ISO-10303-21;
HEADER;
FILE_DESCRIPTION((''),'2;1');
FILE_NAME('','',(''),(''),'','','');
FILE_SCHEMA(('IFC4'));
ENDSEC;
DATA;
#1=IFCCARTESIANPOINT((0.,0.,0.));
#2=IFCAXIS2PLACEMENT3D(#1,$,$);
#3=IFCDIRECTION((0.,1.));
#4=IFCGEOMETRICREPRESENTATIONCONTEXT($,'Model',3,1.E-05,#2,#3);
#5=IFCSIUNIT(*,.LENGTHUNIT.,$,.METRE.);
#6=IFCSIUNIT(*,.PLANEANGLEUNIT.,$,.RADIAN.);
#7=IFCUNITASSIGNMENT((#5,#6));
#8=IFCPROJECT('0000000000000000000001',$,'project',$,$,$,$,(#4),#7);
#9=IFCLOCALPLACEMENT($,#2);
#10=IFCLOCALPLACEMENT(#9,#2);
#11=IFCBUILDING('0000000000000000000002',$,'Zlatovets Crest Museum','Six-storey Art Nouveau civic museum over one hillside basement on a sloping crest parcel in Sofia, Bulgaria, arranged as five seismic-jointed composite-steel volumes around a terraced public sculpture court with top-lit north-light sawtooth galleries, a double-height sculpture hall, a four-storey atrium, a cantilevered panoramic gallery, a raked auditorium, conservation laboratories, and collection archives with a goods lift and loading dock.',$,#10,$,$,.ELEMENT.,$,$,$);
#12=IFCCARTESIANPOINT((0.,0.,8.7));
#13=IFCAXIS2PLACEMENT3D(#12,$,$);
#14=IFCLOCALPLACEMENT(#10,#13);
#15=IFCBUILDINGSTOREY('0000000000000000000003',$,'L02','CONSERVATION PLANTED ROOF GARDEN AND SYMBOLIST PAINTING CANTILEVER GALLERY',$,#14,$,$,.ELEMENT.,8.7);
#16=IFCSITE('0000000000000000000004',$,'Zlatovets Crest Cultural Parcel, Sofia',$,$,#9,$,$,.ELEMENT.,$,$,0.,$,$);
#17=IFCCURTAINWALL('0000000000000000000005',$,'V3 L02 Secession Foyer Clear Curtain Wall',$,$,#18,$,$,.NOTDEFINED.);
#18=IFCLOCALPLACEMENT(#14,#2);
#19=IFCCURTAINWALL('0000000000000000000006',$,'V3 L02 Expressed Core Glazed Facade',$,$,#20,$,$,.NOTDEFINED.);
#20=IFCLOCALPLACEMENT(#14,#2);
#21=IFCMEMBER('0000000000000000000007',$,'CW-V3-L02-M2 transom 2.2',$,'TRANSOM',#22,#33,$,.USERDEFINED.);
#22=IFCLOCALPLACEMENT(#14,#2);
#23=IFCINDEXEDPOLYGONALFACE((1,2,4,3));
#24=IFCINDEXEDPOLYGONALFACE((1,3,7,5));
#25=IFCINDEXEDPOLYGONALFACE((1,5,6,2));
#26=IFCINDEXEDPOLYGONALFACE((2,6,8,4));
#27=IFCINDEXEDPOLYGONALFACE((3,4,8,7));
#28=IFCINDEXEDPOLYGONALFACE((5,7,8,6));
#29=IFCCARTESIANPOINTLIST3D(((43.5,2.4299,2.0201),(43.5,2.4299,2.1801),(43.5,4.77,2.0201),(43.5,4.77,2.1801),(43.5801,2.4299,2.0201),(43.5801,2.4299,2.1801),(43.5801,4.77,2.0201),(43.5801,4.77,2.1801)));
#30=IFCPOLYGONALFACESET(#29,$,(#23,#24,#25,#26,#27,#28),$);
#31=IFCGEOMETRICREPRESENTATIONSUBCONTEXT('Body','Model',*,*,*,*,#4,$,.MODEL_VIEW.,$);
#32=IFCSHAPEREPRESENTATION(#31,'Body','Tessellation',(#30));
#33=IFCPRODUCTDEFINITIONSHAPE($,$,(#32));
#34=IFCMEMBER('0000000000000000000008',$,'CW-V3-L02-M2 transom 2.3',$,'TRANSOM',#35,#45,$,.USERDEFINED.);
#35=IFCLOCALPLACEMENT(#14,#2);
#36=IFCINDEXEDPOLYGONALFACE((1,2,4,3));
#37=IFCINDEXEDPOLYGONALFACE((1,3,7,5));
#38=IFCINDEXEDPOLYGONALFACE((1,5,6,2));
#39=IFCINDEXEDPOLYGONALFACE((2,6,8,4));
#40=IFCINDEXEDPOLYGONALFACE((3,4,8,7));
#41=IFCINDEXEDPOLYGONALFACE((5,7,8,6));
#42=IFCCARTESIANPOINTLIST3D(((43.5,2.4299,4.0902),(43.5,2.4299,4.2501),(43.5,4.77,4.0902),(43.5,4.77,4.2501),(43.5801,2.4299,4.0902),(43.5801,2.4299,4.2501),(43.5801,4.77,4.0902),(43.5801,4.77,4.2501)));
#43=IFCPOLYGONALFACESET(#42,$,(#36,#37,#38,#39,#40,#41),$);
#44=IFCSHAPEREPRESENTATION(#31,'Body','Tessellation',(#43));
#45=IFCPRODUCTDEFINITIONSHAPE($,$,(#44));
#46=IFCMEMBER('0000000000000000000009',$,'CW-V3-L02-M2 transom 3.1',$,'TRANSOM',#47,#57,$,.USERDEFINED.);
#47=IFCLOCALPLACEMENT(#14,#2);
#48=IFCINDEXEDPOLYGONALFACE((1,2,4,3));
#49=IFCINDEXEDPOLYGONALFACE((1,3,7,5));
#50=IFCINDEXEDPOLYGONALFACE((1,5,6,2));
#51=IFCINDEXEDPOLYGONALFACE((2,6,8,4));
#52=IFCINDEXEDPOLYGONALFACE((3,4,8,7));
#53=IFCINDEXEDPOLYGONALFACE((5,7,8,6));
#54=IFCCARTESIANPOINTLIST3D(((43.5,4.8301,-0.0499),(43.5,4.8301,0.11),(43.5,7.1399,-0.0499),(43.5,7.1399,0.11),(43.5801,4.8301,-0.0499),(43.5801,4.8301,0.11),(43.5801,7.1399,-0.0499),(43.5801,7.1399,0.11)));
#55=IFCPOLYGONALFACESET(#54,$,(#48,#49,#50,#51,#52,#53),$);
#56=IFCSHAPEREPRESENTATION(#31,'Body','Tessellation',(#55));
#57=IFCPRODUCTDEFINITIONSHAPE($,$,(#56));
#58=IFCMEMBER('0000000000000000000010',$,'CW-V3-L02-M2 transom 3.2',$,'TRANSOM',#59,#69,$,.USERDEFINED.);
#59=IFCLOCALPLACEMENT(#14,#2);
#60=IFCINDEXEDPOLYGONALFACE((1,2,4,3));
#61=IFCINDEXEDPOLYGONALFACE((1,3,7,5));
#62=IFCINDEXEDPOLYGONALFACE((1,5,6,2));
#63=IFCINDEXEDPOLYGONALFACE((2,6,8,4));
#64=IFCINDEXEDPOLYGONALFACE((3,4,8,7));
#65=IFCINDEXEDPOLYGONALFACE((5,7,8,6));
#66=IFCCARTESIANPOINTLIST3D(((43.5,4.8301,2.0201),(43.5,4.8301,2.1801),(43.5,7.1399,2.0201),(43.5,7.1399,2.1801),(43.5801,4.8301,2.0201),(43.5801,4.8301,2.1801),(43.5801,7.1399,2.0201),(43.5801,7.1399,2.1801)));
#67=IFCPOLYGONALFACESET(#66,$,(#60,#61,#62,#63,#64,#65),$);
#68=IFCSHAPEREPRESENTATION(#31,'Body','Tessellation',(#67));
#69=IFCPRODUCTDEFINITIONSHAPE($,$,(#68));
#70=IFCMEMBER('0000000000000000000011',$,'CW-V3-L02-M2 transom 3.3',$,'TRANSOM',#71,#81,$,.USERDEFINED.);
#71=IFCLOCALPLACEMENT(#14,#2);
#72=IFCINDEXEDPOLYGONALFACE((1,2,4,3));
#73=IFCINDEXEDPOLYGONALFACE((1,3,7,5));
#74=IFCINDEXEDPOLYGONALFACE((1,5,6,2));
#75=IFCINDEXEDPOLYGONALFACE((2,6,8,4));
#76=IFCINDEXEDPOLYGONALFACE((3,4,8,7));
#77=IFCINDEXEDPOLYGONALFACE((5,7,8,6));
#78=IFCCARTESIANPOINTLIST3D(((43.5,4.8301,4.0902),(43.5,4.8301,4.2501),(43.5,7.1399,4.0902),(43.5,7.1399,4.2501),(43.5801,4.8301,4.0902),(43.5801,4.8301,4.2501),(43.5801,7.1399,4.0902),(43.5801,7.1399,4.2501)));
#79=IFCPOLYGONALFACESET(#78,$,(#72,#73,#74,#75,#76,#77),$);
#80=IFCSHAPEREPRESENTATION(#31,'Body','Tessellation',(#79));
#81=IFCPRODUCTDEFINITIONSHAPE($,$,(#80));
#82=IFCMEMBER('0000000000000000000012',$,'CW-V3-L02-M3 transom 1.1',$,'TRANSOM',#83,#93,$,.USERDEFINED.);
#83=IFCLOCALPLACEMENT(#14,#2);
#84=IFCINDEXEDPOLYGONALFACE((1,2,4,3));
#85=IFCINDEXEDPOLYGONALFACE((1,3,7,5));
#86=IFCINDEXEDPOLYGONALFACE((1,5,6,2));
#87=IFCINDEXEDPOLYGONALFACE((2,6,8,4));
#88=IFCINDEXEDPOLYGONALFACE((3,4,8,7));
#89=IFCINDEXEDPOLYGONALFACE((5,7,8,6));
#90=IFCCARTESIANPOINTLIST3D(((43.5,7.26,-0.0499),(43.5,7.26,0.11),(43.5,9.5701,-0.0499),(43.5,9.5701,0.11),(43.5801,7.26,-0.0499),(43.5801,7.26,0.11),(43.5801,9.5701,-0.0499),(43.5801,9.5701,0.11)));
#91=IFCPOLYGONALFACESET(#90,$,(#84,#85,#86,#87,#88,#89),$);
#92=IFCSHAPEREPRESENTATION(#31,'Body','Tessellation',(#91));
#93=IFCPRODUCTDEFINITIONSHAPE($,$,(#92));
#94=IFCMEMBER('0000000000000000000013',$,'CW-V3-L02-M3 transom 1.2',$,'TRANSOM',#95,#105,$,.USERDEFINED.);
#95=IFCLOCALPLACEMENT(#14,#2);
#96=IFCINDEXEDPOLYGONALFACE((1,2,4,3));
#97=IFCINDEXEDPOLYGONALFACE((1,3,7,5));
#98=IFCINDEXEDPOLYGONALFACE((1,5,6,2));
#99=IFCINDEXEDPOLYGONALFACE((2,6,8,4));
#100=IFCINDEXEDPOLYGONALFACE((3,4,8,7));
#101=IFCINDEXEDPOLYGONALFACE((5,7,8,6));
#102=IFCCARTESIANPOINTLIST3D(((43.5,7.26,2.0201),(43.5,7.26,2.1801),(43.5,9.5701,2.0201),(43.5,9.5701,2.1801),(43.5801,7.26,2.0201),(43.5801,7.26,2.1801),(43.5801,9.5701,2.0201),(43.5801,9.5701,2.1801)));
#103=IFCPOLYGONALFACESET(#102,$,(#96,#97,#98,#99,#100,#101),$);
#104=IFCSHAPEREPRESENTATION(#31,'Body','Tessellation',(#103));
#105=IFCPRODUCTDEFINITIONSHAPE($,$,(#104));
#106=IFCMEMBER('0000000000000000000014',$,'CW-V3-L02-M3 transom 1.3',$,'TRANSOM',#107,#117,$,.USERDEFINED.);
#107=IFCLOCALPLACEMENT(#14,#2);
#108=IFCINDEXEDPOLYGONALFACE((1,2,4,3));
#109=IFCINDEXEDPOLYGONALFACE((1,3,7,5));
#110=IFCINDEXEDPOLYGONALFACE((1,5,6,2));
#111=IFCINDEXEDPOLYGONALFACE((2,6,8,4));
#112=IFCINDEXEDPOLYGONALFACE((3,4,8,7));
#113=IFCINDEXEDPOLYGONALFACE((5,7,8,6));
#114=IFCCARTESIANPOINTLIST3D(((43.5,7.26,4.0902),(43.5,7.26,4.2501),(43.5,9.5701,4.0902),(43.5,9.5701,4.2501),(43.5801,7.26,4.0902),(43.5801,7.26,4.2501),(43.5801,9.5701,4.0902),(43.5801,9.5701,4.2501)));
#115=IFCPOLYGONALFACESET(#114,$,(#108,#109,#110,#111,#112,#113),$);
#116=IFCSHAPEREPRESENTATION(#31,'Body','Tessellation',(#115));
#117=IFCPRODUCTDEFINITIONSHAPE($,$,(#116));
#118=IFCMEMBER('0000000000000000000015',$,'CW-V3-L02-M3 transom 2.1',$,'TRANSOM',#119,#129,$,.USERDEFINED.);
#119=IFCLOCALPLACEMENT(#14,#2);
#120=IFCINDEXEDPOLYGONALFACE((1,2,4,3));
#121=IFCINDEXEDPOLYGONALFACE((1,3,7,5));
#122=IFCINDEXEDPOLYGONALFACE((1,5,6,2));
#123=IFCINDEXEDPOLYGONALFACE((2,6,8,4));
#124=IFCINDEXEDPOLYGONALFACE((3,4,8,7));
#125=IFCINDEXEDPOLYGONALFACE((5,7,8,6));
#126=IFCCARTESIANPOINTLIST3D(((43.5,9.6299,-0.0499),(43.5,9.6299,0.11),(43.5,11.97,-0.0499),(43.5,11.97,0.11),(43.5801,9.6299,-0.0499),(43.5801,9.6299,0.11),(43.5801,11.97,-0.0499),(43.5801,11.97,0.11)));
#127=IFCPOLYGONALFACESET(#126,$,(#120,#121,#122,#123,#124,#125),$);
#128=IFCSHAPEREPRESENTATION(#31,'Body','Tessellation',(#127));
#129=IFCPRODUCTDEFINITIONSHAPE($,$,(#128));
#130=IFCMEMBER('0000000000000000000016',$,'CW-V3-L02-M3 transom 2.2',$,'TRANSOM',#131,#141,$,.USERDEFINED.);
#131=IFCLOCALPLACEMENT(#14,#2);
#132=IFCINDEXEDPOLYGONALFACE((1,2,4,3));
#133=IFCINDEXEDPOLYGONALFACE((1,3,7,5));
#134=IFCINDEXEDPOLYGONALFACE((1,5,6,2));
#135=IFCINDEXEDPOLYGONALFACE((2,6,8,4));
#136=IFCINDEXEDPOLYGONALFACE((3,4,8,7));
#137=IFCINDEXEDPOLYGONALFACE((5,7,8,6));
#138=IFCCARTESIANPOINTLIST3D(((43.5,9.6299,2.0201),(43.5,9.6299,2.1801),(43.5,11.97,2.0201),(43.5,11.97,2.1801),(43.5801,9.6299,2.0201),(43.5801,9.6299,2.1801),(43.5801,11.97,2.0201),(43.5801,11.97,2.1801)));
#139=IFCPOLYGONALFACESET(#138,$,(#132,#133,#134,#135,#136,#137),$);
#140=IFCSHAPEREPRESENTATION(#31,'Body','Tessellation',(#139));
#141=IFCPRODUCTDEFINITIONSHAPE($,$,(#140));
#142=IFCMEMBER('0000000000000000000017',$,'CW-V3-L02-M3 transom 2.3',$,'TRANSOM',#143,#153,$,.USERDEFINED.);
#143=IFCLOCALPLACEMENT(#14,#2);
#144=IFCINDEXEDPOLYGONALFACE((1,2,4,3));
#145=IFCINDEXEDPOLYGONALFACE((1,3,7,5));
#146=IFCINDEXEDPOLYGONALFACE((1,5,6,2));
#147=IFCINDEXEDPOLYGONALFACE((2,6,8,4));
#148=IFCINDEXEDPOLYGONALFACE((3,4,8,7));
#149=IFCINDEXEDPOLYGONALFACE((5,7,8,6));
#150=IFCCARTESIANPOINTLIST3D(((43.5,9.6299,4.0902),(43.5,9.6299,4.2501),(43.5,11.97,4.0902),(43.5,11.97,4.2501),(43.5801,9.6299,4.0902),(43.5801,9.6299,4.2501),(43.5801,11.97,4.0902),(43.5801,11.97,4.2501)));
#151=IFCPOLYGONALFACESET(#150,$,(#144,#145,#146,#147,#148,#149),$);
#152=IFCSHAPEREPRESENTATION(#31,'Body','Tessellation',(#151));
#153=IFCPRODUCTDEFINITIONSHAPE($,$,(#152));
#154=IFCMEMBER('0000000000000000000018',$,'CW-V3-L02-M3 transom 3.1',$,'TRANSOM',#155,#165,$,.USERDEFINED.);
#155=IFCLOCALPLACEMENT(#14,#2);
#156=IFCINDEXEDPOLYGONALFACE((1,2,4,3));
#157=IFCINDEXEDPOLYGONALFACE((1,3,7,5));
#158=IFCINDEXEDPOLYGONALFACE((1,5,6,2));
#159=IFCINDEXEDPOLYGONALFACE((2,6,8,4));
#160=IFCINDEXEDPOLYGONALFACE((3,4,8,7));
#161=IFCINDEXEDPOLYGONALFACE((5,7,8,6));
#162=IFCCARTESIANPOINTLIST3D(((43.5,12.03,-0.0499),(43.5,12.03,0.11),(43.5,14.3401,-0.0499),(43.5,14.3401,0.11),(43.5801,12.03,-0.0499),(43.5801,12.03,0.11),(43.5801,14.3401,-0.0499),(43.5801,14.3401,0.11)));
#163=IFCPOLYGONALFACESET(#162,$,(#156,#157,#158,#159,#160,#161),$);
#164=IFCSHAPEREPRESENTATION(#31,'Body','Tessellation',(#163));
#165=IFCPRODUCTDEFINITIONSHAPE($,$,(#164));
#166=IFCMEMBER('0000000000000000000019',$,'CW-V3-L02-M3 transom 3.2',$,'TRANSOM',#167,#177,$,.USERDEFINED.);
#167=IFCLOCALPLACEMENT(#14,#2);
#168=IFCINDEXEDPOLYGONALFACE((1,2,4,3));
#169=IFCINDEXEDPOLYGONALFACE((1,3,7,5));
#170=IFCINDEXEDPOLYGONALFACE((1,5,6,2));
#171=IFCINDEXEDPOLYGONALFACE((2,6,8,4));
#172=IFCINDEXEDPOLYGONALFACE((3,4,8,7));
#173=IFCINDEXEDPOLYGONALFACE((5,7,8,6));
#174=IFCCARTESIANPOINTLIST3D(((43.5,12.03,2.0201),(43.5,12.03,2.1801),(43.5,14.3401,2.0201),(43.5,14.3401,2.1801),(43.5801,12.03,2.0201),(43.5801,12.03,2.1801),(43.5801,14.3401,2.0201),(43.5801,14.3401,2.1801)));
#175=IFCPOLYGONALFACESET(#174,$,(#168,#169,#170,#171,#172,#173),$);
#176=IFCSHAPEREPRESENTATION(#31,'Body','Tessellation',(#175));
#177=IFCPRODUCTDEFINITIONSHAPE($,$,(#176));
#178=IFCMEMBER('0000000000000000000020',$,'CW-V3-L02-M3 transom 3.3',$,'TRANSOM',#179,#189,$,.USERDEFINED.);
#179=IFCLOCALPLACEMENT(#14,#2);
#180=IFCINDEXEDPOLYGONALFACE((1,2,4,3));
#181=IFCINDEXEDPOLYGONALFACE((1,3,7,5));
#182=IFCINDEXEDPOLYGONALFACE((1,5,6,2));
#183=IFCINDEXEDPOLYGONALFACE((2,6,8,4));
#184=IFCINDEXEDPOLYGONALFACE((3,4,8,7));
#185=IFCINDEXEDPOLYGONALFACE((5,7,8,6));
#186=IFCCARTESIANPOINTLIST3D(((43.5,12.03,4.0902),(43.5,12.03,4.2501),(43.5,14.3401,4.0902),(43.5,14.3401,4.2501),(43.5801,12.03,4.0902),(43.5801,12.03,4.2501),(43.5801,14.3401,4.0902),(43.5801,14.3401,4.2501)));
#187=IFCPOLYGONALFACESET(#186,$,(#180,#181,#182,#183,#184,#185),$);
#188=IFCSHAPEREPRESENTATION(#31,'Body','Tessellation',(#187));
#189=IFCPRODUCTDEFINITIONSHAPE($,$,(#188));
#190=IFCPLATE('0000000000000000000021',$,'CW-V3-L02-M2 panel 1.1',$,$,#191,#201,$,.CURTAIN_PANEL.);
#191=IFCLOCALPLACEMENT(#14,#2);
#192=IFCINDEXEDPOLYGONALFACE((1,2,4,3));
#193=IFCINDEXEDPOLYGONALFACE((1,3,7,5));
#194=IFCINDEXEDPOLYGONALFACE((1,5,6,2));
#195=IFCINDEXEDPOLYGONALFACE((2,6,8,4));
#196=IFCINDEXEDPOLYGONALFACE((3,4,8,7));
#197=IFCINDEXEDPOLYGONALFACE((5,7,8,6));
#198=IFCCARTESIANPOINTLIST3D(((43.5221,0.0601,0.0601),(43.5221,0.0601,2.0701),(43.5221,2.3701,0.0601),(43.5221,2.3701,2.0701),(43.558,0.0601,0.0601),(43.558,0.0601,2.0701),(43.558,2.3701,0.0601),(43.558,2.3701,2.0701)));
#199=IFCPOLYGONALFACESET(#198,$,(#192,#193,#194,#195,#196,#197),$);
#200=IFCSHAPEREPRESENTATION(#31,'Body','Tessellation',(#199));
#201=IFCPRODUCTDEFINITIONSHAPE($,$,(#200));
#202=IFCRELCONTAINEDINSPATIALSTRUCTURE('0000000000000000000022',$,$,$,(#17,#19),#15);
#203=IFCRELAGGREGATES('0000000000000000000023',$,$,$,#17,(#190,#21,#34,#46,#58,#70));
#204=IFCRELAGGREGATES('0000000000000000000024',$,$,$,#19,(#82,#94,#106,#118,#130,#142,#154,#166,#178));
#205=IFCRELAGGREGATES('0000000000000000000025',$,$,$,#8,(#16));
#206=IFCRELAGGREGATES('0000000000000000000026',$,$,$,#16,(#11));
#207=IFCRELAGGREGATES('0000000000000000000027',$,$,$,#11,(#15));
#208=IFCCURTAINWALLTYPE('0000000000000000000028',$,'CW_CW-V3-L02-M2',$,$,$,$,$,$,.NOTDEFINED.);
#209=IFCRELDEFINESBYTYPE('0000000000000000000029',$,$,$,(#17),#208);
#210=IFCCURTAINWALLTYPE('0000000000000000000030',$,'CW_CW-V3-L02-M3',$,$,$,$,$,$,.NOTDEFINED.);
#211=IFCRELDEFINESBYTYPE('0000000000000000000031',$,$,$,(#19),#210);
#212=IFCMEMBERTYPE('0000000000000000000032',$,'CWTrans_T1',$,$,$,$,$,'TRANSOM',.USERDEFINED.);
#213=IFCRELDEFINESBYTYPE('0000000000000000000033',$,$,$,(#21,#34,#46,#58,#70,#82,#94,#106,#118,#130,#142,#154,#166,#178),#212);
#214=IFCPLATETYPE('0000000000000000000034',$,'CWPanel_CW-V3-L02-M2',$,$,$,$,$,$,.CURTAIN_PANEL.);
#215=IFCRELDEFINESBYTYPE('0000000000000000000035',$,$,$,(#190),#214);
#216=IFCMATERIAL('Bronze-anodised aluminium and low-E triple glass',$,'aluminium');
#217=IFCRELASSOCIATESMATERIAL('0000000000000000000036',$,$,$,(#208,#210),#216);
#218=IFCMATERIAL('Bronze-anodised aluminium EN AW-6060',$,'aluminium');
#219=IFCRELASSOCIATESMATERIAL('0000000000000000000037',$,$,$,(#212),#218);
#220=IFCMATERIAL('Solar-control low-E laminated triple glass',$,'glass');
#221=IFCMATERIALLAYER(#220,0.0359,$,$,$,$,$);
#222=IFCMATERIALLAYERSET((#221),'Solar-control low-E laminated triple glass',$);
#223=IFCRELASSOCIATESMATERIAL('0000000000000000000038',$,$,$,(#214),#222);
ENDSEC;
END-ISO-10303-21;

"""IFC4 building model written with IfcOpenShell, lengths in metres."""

from ifc_helpers import new_model, si_unit, direction, frame, origin, origin_2d, place, context, subcontext, project, spatial, rectangle, extrude, material, layer, layer_set, material_profile, profile_set, type_object, element, aggregate, save


model = new_model("IFC4")

# Units and contexts
model_context = context("Model", 3, precision=1e-05, world=origin(), true_north=direction((0.0, 1.0)))
body_context = subcontext(model_context, "Body", "Model", "MODEL_VIEW")
ifc_project = project(units=[si_unit("LENGTHUNIT", "METRE"), si_unit("PLANEANGLEUNIT", "RADIAN")], contexts=[model_context])

# Site, building, storey
site_placement = place(None, origin())
site = spatial("IfcSite", under=ifc_project, at=site_placement, Name="Zlatovets Crest Cultural Parcel, Sofia", CompositionType="ELEMENT", RefElevation=0.0)
building_placement = place(site_placement, origin())
building = spatial("IfcBuilding", under=site, at=building_placement, Name="Zlatovets Crest Museum", Description="Six-storey Art Nouveau civic museum over one hillside basement on a sloping crest parcel in Sofia, Bulgaria, arranged as five seismic-jointed composite-steel volumes around a terraced public sculpture court with top-lit north-light sawtooth galleries, a double-height sculpture hall, a four-storey atrium, a cantilevered panoramic gallery, a raked auditorium, conservation laboratories, and collection archives with a goods lift and loading dock.", CompositionType="ELEMENT")
storey_placement = place(building_placement, frame((0.0, 0.0, 8.7)))
storey = spatial("IfcBuildingStorey", under=building, at=storey_placement, Name="L02", Description="CONSERVATION PLANTED ROOF GARDEN AND SYMBOLIST PAINTING CANTILEVER GALLERY", CompositionType="ELEMENT", Elevation=8.7)

# Curtain walls
ifc_material_1 = material(Name="Bronze-anodised aluminium and low-E triple glass", Category="aluminium")
curtain_wall_type_1 = type_object("IfcCurtainWallType", Name="CW_CW-V3-L02-M2", PredefinedType="NOTDEFINED", material=ifc_material_1)
curtain_wall_1_placement = place(storey_placement, origin())
curtain_wall_1 = element("IfcCurtainWall", 1, at=curtain_wall_1_placement, inside=storey, type_object=curtain_wall_type_1, Name="V3 L02 Secession Foyer Clear Curtain Wall", PredefinedType="NOTDEFINED")
ifc_material_2 = material(Name="Bronze-anodised aluminium EN AW-6060", Category="aluminium")
curtain_wall_type_2 = type_object("IfcCurtainWallType", Name="CW_CW-V3-L02-M3", PredefinedType="NOTDEFINED", material=ifc_material_1)
curtain_wall_2_placement = place(storey_placement, origin())
curtain_wall_2 = element("IfcCurtainWall", 2, at=curtain_wall_2_placement, inside=storey, type_object=curtain_wall_type_2, Name="V3 L02 Expressed Core Glazed Facade", PredefinedType="NOTDEFINED")

# Members
ifc_material_profile_1 = material_profile(ifc_material_2, rectangle(XDim=0.0801, YDim=0.1599, at=origin_2d()), Name="ALU 80x160")
ifc_profile_set_1 = profile_set([ifc_material_profile_1], Name="Bronze-anodised aluminium EN AW-6060")
member_type_1 = type_object("IfcMemberType", Name="CWTrans_T1", ElementType="TRANSOM", PredefinedType="USERDEFINED", material=ifc_profile_set_1)
member_1_placement = place(storey_placement, frame((43.54, 2.4299, 2.1001), z_axis=(0.0, 1.0, 0.0), x_axis=(-1.0, 0.0, 0.0)))
member_1 = element("IfcMember", 3, at=member_1_placement, type_object=member_type_1, Name="CW-V3-L02-M2 transom 2.2", ObjectType="TRANSOM", PredefinedType="USERDEFINED", context=body_context, shape_type="SweptSolid", body=[
    extrude(rectangle(XDim=0.0801, YDim=0.1599, at=origin_2d()), origin(), (0.0, 0.0, 1.0), 2.3401),
])
member_2_placement = place(storey_placement, frame((43.54, 2.4299, 4.1702), z_axis=(0.0, 1.0, 0.0), x_axis=(-1.0, 0.0, 0.0)))
member_2 = element("IfcMember", 4, at=member_2_placement, type_object=member_type_1, Name="CW-V3-L02-M2 transom 2.3", ObjectType="TRANSOM", PredefinedType="USERDEFINED", context=body_context, shape_type="SweptSolid", body=[
    extrude(rectangle(XDim=0.0801, YDim=0.1599, at=origin_2d()), origin(), (0.0, 0.0, 1.0), 2.3401),
])
member_3_placement = place(storey_placement, frame((43.54, 4.8301, 0.03), z_axis=(0.0, 1.0, 0.0), x_axis=(-1.0, 0.0, 0.0)))
member_3 = element("IfcMember", 5, at=member_3_placement, type_object=member_type_1, Name="CW-V3-L02-M2 transom 3.1", ObjectType="TRANSOM", PredefinedType="USERDEFINED", context=body_context, shape_type="SweptSolid", body=[
    extrude(rectangle(XDim=0.0801, YDim=0.1599, at=origin_2d()), origin(), (0.0, 0.0, 1.0), 2.3098),
])
member_4_placement = place(storey_placement, frame((43.54, 4.8301, 2.1001), z_axis=(0.0, 1.0, 0.0), x_axis=(-1.0, 0.0, 0.0)))
member_4 = element("IfcMember", 6, at=member_4_placement, type_object=member_type_1, Name="CW-V3-L02-M2 transom 3.2", ObjectType="TRANSOM", PredefinedType="USERDEFINED", context=body_context, shape_type="SweptSolid", body=[
    extrude(rectangle(XDim=0.0801, YDim=0.1599, at=origin_2d()), origin(), (0.0, 0.0, 1.0), 2.3098),
])
member_5_placement = place(storey_placement, frame((43.54, 4.8301, 4.1702), z_axis=(0.0, 1.0, 0.0), x_axis=(-1.0, 0.0, 0.0)))
member_5 = element("IfcMember", 7, at=member_5_placement, type_object=member_type_1, Name="CW-V3-L02-M2 transom 3.3", ObjectType="TRANSOM", PredefinedType="USERDEFINED", context=body_context, shape_type="SweptSolid", body=[
    extrude(rectangle(XDim=0.0801, YDim=0.1599, at=origin_2d()), origin(), (0.0, 0.0, 1.0), 2.3098),
])
member_6_placement = place(storey_placement, frame((43.54, 7.26, 0.03), z_axis=(0.0, 1.0, 0.0), x_axis=(-1.0, 0.0, 0.0)))
member_6 = element("IfcMember", 8, at=member_6_placement, type_object=member_type_1, Name="CW-V3-L02-M3 transom 1.1", ObjectType="TRANSOM", PredefinedType="USERDEFINED", context=body_context, shape_type="SweptSolid", body=[
    extrude(rectangle(XDim=0.0801, YDim=0.1599, at=origin_2d()), origin(), (0.0, 0.0, 1.0), 2.3101),
])
member_7_placement = place(storey_placement, frame((43.54, 7.26, 2.1001), z_axis=(0.0, 1.0, 0.0), x_axis=(-1.0, 0.0, 0.0)))
member_7 = element("IfcMember", 9, at=member_7_placement, type_object=member_type_1, Name="CW-V3-L02-M3 transom 1.2", ObjectType="TRANSOM", PredefinedType="USERDEFINED", context=body_context, shape_type="SweptSolid", body=[
    extrude(rectangle(XDim=0.0801, YDim=0.1599, at=origin_2d()), origin(), (0.0, 0.0, 1.0), 2.3101),
])
member_8_placement = place(storey_placement, frame((43.54, 7.26, 4.1702), z_axis=(0.0, 1.0, 0.0), x_axis=(-1.0, 0.0, 0.0)))
member_8 = element("IfcMember", 10, at=member_8_placement, type_object=member_type_1, Name="CW-V3-L02-M3 transom 1.3", ObjectType="TRANSOM", PredefinedType="USERDEFINED", context=body_context, shape_type="SweptSolid", body=[
    extrude(rectangle(XDim=0.0801, YDim=0.1599, at=origin_2d()), origin(), (0.0, 0.0, 1.0), 2.3101),
])
member_9_placement = place(storey_placement, frame((43.54, 9.6299, 0.03), z_axis=(0.0, 1.0, 0.0), x_axis=(-1.0, 0.0, 0.0)))
member_9 = element("IfcMember", 11, at=member_9_placement, type_object=member_type_1, Name="CW-V3-L02-M3 transom 2.1", ObjectType="TRANSOM", PredefinedType="USERDEFINED", context=body_context, shape_type="SweptSolid", body=[
    extrude(rectangle(XDim=0.0801, YDim=0.1599, at=origin_2d()), origin(), (0.0, 0.0, 1.0), 2.3401),
])
member_10_placement = place(storey_placement, frame((43.54, 9.6299, 2.1001), z_axis=(0.0, 1.0, 0.0), x_axis=(-1.0, 0.0, 0.0)))
member_10 = element("IfcMember", 12, at=member_10_placement, type_object=member_type_1, Name="CW-V3-L02-M3 transom 2.2", ObjectType="TRANSOM", PredefinedType="USERDEFINED", context=body_context, shape_type="SweptSolid", body=[
    extrude(rectangle(XDim=0.0801, YDim=0.1599, at=origin_2d()), origin(), (0.0, 0.0, 1.0), 2.3401),
])
member_11_placement = place(storey_placement, frame((43.54, 9.6299, 4.1702), z_axis=(0.0, 1.0, 0.0), x_axis=(-1.0, 0.0, 0.0)))
member_11 = element("IfcMember", 13, at=member_11_placement, type_object=member_type_1, Name="CW-V3-L02-M3 transom 2.3", ObjectType="TRANSOM", PredefinedType="USERDEFINED", context=body_context, shape_type="SweptSolid", body=[
    extrude(rectangle(XDim=0.0801, YDim=0.1599, at=origin_2d()), origin(), (0.0, 0.0, 1.0), 2.3401),
])
member_12_placement = place(storey_placement, frame((43.54, 12.03, 0.03), z_axis=(0.0, 1.0, 0.0), x_axis=(-1.0, 0.0, 0.0)))
member_12 = element("IfcMember", 14, at=member_12_placement, type_object=member_type_1, Name="CW-V3-L02-M3 transom 3.1", ObjectType="TRANSOM", PredefinedType="USERDEFINED", context=body_context, shape_type="SweptSolid", body=[
    extrude(rectangle(XDim=0.0801, YDim=0.1599, at=origin_2d()), origin(), (0.0, 0.0, 1.0), 2.3101),
])
member_13_placement = place(storey_placement, frame((43.54, 12.03, 2.1001), z_axis=(0.0, 1.0, 0.0), x_axis=(-1.0, 0.0, 0.0)))
member_13 = element("IfcMember", 15, at=member_13_placement, type_object=member_type_1, Name="CW-V3-L02-M3 transom 3.2", ObjectType="TRANSOM", PredefinedType="USERDEFINED", context=body_context, shape_type="SweptSolid", body=[
    extrude(rectangle(XDim=0.0801, YDim=0.1599, at=origin_2d()), origin(), (0.0, 0.0, 1.0), 2.3101),
])
member_14_placement = place(storey_placement, frame((43.54, 12.03, 4.1702), z_axis=(0.0, 1.0, 0.0), x_axis=(-1.0, 0.0, 0.0)))
member_14 = element("IfcMember", 16, at=member_14_placement, type_object=member_type_1, Name="CW-V3-L02-M3 transom 3.3", ObjectType="TRANSOM", PredefinedType="USERDEFINED", context=body_context, shape_type="SweptSolid", body=[
    extrude(rectangle(XDim=0.0801, YDim=0.1599, at=origin_2d()), origin(), (0.0, 0.0, 1.0), 2.3101),
])

# Plate
ifc_material_3 = material(Name="Solar-control low-E laminated triple glass", Category="glass")
ifc_layer_1 = layer(ifc_material_3, 0.0359)
ifc_layer_set_1 = layer_set([ifc_layer_1], Name="Solar-control low-E laminated triple glass")
plate_type_1 = type_object("IfcPlateType", Name="CWPanel_CW-V3-L02-M2", PredefinedType="CURTAIN_PANEL", material=ifc_layer_set_1)
plate_1_placement = place(storey_placement, frame((43.54, 1.2151, 0.0601), z_axis=(0.0, 0.0, 1.0), x_axis=(0.0, 1.0, 0.0)))
plate_1 = element("IfcPlate", 17, at=plate_1_placement, type_object=plate_type_1, Name="CW-V3-L02-M2 panel 1.1", PredefinedType="CURTAIN_PANEL", context=body_context, shape_type="SweptSolid", body=[
    extrude(rectangle(XDim=2.3101, YDim=0.0359, at=origin_2d()), origin(), (0.0, 0.0, 1.0), 2.01),
])
aggregate(curtain_wall_1, [plate_1, member_1, member_2, member_3, member_4, member_5])
aggregate(curtain_wall_2, [member_6, member_7, member_8, member_9, member_10, member_11, member_12, member_13, member_14])

save(model, "model.ifc")
